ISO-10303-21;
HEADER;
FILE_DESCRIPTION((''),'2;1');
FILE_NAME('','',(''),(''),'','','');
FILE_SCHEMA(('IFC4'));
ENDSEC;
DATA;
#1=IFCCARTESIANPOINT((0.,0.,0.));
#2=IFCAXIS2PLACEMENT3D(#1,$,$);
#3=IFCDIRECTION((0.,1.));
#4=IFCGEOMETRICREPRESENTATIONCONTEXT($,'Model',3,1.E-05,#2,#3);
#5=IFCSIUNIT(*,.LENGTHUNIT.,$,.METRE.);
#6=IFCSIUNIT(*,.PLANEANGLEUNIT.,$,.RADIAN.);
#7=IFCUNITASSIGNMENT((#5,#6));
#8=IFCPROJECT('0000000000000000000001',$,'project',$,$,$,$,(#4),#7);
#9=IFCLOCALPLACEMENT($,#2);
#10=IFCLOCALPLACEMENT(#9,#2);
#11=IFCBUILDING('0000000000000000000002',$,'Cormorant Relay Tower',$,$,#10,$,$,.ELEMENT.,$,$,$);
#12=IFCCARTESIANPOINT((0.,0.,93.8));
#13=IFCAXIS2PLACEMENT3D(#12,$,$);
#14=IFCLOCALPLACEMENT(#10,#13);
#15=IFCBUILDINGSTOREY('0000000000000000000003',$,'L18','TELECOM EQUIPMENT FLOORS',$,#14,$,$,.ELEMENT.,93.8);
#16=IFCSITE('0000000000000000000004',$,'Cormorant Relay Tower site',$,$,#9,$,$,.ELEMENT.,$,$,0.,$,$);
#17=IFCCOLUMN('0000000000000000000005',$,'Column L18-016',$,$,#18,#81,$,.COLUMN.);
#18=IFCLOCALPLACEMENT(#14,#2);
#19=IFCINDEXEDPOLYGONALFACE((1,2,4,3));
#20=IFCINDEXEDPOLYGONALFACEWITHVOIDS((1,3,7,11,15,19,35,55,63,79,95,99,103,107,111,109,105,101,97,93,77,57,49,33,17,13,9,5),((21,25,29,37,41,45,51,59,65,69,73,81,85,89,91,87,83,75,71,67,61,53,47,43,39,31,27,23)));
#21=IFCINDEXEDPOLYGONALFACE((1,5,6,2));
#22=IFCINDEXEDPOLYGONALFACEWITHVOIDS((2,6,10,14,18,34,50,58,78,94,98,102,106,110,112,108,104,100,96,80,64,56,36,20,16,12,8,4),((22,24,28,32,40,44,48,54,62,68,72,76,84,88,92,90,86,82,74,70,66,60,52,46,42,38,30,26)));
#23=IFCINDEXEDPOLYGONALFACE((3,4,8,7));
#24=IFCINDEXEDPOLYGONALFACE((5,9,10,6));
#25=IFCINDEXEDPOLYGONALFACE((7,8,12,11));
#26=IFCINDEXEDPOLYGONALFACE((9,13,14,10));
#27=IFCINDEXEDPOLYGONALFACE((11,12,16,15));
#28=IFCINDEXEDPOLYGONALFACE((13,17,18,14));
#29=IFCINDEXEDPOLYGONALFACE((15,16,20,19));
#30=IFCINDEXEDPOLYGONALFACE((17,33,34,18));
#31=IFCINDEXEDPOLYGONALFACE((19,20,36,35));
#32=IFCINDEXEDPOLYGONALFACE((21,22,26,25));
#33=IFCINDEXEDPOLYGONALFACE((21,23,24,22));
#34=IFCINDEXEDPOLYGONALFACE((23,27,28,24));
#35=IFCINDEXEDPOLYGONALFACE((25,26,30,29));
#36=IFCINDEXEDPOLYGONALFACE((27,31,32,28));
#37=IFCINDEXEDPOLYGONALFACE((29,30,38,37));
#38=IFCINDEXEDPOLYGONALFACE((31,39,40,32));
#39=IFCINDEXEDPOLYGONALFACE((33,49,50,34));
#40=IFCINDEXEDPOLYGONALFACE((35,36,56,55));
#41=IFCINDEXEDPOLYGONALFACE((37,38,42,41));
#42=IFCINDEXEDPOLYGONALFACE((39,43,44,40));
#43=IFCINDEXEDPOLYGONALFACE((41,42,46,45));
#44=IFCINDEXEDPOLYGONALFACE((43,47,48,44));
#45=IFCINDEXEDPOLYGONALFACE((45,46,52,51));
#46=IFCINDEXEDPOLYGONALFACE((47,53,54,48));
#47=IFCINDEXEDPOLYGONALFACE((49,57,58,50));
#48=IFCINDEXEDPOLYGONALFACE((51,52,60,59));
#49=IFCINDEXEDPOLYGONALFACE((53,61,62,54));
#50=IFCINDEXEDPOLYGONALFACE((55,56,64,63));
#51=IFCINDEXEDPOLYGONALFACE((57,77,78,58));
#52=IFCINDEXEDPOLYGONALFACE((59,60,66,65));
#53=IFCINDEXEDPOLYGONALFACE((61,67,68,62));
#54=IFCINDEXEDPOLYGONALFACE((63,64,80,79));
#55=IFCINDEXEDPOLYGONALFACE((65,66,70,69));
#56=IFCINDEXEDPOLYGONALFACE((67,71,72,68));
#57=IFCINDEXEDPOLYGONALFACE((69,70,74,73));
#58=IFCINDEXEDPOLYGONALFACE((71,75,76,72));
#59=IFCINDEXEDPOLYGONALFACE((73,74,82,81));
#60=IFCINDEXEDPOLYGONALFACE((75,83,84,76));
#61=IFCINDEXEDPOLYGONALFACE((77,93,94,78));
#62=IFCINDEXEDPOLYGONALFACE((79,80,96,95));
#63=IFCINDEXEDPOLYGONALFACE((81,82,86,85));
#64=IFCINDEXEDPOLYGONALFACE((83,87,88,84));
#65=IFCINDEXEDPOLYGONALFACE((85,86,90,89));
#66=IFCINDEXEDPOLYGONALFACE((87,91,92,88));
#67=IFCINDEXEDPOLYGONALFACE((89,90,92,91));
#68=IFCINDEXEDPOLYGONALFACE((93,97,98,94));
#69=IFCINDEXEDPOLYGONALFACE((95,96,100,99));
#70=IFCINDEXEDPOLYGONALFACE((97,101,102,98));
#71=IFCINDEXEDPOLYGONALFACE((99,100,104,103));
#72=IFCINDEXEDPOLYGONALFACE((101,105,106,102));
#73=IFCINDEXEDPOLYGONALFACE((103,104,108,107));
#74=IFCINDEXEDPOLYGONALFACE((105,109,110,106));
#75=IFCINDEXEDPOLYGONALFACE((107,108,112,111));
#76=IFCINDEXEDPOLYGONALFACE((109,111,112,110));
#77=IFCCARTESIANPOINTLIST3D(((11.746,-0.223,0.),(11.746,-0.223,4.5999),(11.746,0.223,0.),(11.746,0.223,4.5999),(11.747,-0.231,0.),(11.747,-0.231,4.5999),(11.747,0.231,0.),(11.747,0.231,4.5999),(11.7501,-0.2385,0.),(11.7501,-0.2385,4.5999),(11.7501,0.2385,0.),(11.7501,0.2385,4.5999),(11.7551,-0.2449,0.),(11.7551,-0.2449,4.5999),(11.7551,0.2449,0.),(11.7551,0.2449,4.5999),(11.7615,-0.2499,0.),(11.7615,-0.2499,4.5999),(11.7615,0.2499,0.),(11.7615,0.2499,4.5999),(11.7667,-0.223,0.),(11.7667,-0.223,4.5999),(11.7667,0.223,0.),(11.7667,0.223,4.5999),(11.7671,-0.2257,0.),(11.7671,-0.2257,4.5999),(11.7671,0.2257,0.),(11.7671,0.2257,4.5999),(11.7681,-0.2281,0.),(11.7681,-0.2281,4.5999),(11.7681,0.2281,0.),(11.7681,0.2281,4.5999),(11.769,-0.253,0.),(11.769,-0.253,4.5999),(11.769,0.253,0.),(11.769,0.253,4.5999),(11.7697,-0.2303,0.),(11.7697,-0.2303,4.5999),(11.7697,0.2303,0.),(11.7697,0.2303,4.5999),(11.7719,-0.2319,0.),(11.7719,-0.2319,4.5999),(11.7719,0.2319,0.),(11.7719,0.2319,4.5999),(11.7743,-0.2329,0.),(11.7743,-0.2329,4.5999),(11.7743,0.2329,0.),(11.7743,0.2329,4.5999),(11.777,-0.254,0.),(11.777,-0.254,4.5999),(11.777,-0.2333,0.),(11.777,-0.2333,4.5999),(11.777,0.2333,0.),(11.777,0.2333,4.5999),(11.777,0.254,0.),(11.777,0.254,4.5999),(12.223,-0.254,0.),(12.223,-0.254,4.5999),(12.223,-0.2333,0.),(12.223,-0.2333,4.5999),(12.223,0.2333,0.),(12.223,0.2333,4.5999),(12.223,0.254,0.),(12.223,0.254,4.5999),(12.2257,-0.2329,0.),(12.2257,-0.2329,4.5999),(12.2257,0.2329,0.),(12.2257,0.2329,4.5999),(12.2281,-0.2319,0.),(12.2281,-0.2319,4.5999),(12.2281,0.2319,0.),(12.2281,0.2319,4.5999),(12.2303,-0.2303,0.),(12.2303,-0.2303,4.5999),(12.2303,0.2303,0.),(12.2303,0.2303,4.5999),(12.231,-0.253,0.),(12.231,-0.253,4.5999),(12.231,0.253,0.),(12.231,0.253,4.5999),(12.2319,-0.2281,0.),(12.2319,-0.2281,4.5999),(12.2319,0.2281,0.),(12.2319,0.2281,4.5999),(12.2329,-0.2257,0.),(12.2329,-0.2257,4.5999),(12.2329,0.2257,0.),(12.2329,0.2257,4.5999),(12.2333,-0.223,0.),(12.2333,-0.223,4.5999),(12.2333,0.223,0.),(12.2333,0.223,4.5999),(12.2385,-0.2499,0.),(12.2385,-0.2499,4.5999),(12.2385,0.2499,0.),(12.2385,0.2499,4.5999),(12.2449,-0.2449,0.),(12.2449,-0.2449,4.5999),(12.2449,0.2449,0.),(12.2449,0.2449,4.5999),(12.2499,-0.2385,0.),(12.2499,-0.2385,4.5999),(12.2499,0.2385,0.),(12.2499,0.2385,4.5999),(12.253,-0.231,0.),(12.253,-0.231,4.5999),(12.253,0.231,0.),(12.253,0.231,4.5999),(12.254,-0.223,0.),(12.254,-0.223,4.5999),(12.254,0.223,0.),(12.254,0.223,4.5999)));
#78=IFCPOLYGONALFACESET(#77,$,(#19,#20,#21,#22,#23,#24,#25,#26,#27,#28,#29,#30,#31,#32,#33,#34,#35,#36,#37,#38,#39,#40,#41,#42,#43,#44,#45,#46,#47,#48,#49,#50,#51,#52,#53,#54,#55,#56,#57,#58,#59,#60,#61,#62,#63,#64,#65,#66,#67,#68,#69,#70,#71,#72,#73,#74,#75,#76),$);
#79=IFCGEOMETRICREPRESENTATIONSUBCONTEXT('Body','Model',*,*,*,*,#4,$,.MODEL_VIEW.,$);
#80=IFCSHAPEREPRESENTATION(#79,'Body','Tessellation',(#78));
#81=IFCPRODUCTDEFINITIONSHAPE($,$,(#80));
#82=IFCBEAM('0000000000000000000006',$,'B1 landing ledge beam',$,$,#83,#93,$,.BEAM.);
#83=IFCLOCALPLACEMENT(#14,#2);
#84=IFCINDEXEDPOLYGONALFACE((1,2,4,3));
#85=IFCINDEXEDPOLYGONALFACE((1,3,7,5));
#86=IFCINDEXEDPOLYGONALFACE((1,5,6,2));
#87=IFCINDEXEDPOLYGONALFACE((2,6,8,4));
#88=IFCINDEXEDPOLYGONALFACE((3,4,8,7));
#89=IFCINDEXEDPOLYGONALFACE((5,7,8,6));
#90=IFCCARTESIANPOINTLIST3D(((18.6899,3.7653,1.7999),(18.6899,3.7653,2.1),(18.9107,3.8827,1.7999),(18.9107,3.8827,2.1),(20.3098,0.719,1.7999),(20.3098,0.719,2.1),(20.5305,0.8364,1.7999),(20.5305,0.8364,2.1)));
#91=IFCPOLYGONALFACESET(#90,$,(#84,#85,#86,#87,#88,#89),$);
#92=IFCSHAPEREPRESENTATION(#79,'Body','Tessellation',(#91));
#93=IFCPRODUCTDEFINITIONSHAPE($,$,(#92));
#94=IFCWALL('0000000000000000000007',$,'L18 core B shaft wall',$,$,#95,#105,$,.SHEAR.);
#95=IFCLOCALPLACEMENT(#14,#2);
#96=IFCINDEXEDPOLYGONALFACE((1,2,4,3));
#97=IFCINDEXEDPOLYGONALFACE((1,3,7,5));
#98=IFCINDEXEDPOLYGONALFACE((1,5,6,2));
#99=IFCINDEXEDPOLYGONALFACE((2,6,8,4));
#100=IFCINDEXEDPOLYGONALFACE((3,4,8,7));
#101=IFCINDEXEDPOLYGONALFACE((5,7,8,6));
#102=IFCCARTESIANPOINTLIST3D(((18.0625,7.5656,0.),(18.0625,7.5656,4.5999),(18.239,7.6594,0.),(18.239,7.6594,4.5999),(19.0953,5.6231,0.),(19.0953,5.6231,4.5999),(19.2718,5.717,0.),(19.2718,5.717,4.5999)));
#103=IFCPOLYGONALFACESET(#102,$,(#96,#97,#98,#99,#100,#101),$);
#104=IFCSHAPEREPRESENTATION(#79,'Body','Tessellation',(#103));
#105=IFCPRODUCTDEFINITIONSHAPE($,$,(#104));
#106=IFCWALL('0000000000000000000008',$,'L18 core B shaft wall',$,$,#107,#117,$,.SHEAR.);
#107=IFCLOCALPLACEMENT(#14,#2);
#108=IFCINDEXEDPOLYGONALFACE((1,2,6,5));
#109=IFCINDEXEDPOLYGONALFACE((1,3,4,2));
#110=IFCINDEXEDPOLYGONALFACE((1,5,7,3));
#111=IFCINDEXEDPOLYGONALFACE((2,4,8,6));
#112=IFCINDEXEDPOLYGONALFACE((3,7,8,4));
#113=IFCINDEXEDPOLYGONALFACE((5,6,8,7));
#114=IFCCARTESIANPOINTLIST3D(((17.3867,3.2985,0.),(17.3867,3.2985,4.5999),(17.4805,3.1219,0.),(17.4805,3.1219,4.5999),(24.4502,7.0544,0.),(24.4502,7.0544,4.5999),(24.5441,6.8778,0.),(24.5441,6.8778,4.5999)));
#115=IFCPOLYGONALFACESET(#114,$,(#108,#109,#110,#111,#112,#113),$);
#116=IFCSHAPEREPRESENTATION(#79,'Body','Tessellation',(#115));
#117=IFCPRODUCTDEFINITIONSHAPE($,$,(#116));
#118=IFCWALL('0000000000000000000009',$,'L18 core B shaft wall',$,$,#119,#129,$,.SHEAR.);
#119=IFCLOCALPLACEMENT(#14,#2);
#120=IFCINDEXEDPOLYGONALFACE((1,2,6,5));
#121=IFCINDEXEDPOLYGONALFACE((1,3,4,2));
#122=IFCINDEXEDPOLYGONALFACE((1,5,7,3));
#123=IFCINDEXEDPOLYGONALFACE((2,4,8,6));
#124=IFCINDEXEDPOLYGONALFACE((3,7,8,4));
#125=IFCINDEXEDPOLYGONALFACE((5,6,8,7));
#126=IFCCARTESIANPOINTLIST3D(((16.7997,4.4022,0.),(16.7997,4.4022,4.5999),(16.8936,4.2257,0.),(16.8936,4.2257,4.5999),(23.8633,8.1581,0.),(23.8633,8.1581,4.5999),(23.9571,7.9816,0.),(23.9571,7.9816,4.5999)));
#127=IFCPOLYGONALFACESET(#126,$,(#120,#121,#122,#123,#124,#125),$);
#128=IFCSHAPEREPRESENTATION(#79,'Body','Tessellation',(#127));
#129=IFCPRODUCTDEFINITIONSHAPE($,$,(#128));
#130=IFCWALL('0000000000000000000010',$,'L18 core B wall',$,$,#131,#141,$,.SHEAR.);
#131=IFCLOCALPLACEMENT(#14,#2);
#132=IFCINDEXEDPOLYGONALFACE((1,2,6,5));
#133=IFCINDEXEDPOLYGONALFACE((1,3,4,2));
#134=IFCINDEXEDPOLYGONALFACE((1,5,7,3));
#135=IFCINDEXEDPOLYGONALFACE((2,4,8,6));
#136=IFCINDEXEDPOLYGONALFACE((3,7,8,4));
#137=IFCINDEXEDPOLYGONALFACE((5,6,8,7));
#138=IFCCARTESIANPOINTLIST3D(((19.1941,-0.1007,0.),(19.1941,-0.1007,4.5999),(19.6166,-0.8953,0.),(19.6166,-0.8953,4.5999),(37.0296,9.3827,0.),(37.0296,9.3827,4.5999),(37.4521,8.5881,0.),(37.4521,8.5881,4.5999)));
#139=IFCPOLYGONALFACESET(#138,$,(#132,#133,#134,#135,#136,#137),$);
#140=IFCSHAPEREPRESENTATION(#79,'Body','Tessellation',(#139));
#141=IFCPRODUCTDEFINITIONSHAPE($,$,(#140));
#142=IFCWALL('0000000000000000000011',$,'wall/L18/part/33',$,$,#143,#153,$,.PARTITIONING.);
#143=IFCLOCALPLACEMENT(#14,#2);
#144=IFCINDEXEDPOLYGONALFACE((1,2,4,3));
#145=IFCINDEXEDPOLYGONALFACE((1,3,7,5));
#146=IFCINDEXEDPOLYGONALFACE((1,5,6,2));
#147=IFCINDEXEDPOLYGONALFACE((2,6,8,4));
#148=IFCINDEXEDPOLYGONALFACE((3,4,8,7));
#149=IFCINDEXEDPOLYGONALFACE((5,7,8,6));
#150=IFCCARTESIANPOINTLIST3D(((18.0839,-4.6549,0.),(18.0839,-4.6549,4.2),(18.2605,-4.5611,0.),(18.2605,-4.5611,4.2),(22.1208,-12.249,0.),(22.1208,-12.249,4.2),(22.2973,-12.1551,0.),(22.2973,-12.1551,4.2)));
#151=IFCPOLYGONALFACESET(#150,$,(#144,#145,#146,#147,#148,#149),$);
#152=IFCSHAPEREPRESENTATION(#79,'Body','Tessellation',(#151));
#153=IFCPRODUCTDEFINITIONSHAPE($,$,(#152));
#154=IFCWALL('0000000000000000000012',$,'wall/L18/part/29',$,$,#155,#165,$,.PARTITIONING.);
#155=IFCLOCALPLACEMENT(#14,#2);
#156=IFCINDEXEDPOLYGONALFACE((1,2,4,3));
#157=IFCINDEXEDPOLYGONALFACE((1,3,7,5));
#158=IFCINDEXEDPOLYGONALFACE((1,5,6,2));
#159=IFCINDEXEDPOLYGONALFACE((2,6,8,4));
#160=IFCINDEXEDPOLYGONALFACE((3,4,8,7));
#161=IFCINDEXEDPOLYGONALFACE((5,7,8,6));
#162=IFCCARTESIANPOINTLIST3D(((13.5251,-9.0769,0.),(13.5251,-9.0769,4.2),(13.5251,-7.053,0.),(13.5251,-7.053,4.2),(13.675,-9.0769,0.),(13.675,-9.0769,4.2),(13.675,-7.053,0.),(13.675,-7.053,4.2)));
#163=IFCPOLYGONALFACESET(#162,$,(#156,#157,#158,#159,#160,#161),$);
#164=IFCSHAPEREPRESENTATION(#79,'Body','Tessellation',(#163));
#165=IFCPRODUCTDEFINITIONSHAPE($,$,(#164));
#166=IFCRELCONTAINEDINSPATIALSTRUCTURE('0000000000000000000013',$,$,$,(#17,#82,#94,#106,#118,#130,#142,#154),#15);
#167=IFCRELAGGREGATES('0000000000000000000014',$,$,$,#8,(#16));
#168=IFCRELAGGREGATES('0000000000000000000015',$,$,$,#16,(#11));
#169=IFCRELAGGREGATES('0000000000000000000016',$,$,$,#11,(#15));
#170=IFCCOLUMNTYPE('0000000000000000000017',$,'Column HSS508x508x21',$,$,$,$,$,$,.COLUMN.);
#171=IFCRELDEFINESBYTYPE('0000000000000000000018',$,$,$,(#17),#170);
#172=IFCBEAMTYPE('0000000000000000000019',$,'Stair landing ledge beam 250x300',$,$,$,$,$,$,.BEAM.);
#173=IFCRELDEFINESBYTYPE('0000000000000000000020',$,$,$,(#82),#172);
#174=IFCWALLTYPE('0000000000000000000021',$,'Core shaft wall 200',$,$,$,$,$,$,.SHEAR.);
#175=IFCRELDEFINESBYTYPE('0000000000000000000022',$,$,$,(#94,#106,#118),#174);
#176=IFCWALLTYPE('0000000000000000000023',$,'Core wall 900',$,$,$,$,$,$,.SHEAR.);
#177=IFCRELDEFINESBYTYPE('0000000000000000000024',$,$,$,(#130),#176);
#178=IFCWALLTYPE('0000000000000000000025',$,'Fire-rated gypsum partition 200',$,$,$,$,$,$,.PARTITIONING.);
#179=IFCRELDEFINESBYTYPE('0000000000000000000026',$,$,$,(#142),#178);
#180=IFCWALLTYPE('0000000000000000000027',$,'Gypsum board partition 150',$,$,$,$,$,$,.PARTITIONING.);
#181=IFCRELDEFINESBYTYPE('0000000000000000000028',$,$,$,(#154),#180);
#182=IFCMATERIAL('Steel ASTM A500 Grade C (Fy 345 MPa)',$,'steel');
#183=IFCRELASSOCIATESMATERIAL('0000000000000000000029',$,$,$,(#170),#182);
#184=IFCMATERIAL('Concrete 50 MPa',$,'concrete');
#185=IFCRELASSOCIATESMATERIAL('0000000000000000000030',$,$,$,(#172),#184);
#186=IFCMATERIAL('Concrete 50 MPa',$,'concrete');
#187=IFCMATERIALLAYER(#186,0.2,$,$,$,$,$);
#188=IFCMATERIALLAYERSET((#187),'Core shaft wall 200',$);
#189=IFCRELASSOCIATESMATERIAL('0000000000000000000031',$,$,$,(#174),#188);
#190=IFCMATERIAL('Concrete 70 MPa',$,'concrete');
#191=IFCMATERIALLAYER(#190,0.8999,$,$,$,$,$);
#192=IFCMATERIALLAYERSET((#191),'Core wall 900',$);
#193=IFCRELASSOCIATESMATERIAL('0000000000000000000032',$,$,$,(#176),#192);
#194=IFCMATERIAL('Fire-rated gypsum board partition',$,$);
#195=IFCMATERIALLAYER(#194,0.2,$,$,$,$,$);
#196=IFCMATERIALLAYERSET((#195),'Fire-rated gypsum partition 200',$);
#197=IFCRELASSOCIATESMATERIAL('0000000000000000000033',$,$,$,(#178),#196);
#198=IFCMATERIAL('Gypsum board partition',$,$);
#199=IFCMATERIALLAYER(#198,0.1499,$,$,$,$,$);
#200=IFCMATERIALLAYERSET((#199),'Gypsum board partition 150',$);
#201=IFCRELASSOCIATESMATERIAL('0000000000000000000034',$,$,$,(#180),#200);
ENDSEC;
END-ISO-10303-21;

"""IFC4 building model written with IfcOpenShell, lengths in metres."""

from ifc_helpers import new_model, si_unit, direction, frame, frame_2d, origin, origin_2d, place, context, subcontext, project, spatial, rectangle, hollow_rectangle, extrude, material, layer, layer_set, material_profile, profile_set, type_object, element, save


model = new_model("IFC4")

# Units and contexts
model_context = context("Model", 3, precision=1e-05, world=origin(), true_north=direction((0.0, 1.0)))
body_context = subcontext(model_context, "Body", "Model", "MODEL_VIEW")
ifc_project = project(units=[si_unit("LENGTHUNIT", "METRE"), si_unit("PLANEANGLEUNIT", "RADIAN")], contexts=[model_context])

# Site, building, storey
site_placement = place(None, origin())
site = spatial("IfcSite", under=ifc_project, at=site_placement, Name="Cormorant Relay Tower site", CompositionType="ELEMENT", RefElevation=0.0)
building_placement = place(site_placement, origin())
building = spatial("IfcBuilding", under=site, at=building_placement, Name="Cormorant Relay Tower", CompositionType="ELEMENT")
storey_placement = place(building_placement, frame((0.0, 0.0, 93.8)))
storey = spatial("IfcBuildingStorey", under=building, at=storey_placement, Name="L18", Description="TELECOM EQUIPMENT FLOORS", CompositionType="ELEMENT", Elevation=93.8)

# Column
ifc_material_1 = material(Name="Steel ASTM A500 Grade C (Fy 345 MPa)", Category="steel")
ifc_material_profile_1 = material_profile(ifc_material_1, hollow_rectangle(XDim=0.5081, YDim=0.5081, WallThickness=0.0208, InnerFilletRadius=0.0103, OuterFilletRadius=0.031, at=origin_2d()), Name="HSS508x508x21")
ifc_profile_set_1 = profile_set([ifc_material_profile_1], Name="Steel ASTM A500 Grade C (Fy 345 MPa)")
column_type = type_object("IfcColumnType", Name="Column HSS508x508x21", PredefinedType="COLUMN", material=ifc_profile_set_1)
column_placement = place(storey_placement, frame((12.0, 0.0, 0.0), z_axis=(0.0, 0.0, 1.0), x_axis=(1.0, 0.0, 0.0)))
element("IfcColumn", 1, at=column_placement, inside=storey, type_object=column_type, Name="Column L18-016", PredefinedType="COLUMN", context=body_context, shape_type="SweptSolid", body=[
    extrude(hollow_rectangle(XDim=0.5081, YDim=0.5081, WallThickness=0.0208, InnerFilletRadius=0.0103, OuterFilletRadius=0.031, at=origin_2d()), origin(), (0.0, 0.0, 1.0), 4.5999),
])

# Beam
ifc_material_2 = material(Name="Concrete 50 MPa", Category="concrete")
ifc_material_profile_2 = material_profile(ifc_material_2, rectangle(XDim=0.25, YDim=0.3, at=origin_2d()), Name="RC 250x300")
ifc_profile_set_2 = profile_set([ifc_material_profile_2], Name="Concrete 50 MPa")
beam_type = type_object("IfcBeamType", Name="Stair landing ledge beam 250x300", PredefinedType="BEAM", material=ifc_profile_set_2)
beam_placement = place(storey_placement, frame((18.8003, 3.824, 1.95), z_axis=(0.46949, -0.882938, 0.0), x_axis=(0.882938, 0.46949, 0.0)))
element("IfcBeam", 2, at=beam_placement, inside=storey, type_object=beam_type, Name="B1 landing ledge beam", PredefinedType="BEAM", context=body_context, shape_type="SweptSolid", body=[
    extrude(rectangle(XDim=0.25, YDim=0.3, at=origin_2d()), origin(), (0.0, 0.0, 1.0), 3.4502),
])

# Walls
ifc_material_3 = material(Name="Concrete 50 MPa", Category="concrete")
ifc_layer_1 = layer(ifc_material_3, 0.2)
ifc_layer_set_1 = layer_set([ifc_layer_1], Name="Core shaft wall 200")
wall_type_1 = type_object("IfcWallType", Name="Core shaft wall 200", PredefinedType="SHEAR", material=ifc_layer_set_1)
wall_1_placement = place(storey_placement, frame((19.1836, 5.6699, 0.0), z_axis=(0.0, 0.0, 1.0), x_axis=(-0.469447, 0.88296, 0.0)))
element("IfcWall", 3, at=wall_1_placement, inside=storey, type_object=wall_type_1, Name="L18 core B shaft wall", PredefinedType="SHEAR", context=body_context, shape_type="SweptSolid", body=[
    extrude(rectangle(XDim=2.2, YDim=0.2, at=frame_2d((1.1001, 0.0))), origin(), (0.0, 0.0, 1.0), 4.5999),
])
for number, where, z_axis, x_axis, name in (
    (4, (17.4336, 3.2102, 0.0), (0.0, 0.0, 1.0), (0.88294, 0.469485, 0.0), "L18 core B shaft wall"),
    (5, (16.8467, 4.314, 0.0), (0.0, 0.0, 1.0), (0.88294, 0.469485, 0.0), "L18 core B shaft wall"),
):
    element("IfcWall", number, at=place(storey_placement, frame(where, z_axis=z_axis, x_axis=x_axis)), inside=storey, type_object=wall_type_1, Name=name, PredefinedType="SHEAR", context=body_context, shape_type="SweptSolid", body=[
        extrude(rectangle(XDim=8.0, YDim=0.2, at=frame_2d((4.0, 0.0))), origin(), (0.0, 0.0, 1.0), 4.5999),
    ])

# Shared definitions
ifc_material_4 = material(Name="Concrete 70 MPa", Category="concrete")
ifc_layer_2 = layer(ifc_material_4, 0.8999)
ifc_layer_set_2 = layer_set([ifc_layer_2], Name="Core wall 900")
wall_type_2 = type_object("IfcWallType", Name="Core wall 900", PredefinedType="SHEAR", material=ifc_layer_set_2)

# Walls
wall_2_placement = place(storey_placement, frame((19.4053, -0.498, 0.0), z_axis=(0.0, 0.0, 1.0), x_axis=(0.882945, 0.469476, 0.0)))
element("IfcWall", 6, at=wall_2_placement, inside=storey, type_object=wall_type_2, Name="L18 core B wall", PredefinedType="SHEAR", context=body_context, shape_type="SweptSolid", body=[
    extrude(rectangle(XDim=20.2, YDim=0.8999, at=frame_2d((10.1001, 0.0))), origin(), (0.0, 0.0, 1.0), 4.5999),
])
ifc_material_5 = material(Name="Fire-rated gypsum board partition")
ifc_layer_3 = layer(ifc_material_5, 0.2)
ifc_layer_set_3 = layer_set([ifc_layer_3], Name="Fire-rated gypsum partition 200")
wall_type_3 = type_object("IfcWallType", Name="Fire-rated gypsum partition 200", PredefinedType="PARTITIONING", material=ifc_layer_set_3)
wall_3_placement = place(storey_placement, frame((18.1721, -4.6079, 0.0), z_axis=(0.0, 0.0, 1.0), x_axis=(0.469387, -0.882993, 0.0)))
element("IfcWall", 7, at=wall_3_placement, inside=storey, type_object=wall_type_3, Name="wall/L18/part/33", PredefinedType="PARTITIONING", context=body_context, shape_type="SweptSolid", body=[
    extrude(rectangle(XDim=8.6003, YDim=0.2, at=frame_2d((4.3003, 0.0))), origin(), (0.0, 0.0, 1.0), 4.2),
])
ifc_material_6 = material(Name="Gypsum board partition")
ifc_layer_4 = layer(ifc_material_6, 0.1499)
ifc_layer_set_4 = layer_set([ifc_layer_4], Name="Gypsum board partition 150")
wall_type_4 = type_object("IfcWallType", Name="Gypsum board partition 150", PredefinedType="PARTITIONING", material=ifc_layer_set_4)
wall_4_placement = place(storey_placement, frame((13.6001, -7.053, 0.0), z_axis=(0.0, 0.0, 1.0), x_axis=(0.0, -1.0, 0.0)))
element("IfcWall", 8, at=wall_4_placement, inside=storey, type_object=wall_type_4, Name="wall/L18/part/29", PredefinedType="PARTITIONING", context=body_context, shape_type="SweptSolid", body=[
    extrude(rectangle(XDim=2.0239, YDim=0.1499, at=frame_2d((1.012, 0.0))), origin(), (0.0, 0.0, 1.0), 4.2),
])

save(model, "model.ifc")
